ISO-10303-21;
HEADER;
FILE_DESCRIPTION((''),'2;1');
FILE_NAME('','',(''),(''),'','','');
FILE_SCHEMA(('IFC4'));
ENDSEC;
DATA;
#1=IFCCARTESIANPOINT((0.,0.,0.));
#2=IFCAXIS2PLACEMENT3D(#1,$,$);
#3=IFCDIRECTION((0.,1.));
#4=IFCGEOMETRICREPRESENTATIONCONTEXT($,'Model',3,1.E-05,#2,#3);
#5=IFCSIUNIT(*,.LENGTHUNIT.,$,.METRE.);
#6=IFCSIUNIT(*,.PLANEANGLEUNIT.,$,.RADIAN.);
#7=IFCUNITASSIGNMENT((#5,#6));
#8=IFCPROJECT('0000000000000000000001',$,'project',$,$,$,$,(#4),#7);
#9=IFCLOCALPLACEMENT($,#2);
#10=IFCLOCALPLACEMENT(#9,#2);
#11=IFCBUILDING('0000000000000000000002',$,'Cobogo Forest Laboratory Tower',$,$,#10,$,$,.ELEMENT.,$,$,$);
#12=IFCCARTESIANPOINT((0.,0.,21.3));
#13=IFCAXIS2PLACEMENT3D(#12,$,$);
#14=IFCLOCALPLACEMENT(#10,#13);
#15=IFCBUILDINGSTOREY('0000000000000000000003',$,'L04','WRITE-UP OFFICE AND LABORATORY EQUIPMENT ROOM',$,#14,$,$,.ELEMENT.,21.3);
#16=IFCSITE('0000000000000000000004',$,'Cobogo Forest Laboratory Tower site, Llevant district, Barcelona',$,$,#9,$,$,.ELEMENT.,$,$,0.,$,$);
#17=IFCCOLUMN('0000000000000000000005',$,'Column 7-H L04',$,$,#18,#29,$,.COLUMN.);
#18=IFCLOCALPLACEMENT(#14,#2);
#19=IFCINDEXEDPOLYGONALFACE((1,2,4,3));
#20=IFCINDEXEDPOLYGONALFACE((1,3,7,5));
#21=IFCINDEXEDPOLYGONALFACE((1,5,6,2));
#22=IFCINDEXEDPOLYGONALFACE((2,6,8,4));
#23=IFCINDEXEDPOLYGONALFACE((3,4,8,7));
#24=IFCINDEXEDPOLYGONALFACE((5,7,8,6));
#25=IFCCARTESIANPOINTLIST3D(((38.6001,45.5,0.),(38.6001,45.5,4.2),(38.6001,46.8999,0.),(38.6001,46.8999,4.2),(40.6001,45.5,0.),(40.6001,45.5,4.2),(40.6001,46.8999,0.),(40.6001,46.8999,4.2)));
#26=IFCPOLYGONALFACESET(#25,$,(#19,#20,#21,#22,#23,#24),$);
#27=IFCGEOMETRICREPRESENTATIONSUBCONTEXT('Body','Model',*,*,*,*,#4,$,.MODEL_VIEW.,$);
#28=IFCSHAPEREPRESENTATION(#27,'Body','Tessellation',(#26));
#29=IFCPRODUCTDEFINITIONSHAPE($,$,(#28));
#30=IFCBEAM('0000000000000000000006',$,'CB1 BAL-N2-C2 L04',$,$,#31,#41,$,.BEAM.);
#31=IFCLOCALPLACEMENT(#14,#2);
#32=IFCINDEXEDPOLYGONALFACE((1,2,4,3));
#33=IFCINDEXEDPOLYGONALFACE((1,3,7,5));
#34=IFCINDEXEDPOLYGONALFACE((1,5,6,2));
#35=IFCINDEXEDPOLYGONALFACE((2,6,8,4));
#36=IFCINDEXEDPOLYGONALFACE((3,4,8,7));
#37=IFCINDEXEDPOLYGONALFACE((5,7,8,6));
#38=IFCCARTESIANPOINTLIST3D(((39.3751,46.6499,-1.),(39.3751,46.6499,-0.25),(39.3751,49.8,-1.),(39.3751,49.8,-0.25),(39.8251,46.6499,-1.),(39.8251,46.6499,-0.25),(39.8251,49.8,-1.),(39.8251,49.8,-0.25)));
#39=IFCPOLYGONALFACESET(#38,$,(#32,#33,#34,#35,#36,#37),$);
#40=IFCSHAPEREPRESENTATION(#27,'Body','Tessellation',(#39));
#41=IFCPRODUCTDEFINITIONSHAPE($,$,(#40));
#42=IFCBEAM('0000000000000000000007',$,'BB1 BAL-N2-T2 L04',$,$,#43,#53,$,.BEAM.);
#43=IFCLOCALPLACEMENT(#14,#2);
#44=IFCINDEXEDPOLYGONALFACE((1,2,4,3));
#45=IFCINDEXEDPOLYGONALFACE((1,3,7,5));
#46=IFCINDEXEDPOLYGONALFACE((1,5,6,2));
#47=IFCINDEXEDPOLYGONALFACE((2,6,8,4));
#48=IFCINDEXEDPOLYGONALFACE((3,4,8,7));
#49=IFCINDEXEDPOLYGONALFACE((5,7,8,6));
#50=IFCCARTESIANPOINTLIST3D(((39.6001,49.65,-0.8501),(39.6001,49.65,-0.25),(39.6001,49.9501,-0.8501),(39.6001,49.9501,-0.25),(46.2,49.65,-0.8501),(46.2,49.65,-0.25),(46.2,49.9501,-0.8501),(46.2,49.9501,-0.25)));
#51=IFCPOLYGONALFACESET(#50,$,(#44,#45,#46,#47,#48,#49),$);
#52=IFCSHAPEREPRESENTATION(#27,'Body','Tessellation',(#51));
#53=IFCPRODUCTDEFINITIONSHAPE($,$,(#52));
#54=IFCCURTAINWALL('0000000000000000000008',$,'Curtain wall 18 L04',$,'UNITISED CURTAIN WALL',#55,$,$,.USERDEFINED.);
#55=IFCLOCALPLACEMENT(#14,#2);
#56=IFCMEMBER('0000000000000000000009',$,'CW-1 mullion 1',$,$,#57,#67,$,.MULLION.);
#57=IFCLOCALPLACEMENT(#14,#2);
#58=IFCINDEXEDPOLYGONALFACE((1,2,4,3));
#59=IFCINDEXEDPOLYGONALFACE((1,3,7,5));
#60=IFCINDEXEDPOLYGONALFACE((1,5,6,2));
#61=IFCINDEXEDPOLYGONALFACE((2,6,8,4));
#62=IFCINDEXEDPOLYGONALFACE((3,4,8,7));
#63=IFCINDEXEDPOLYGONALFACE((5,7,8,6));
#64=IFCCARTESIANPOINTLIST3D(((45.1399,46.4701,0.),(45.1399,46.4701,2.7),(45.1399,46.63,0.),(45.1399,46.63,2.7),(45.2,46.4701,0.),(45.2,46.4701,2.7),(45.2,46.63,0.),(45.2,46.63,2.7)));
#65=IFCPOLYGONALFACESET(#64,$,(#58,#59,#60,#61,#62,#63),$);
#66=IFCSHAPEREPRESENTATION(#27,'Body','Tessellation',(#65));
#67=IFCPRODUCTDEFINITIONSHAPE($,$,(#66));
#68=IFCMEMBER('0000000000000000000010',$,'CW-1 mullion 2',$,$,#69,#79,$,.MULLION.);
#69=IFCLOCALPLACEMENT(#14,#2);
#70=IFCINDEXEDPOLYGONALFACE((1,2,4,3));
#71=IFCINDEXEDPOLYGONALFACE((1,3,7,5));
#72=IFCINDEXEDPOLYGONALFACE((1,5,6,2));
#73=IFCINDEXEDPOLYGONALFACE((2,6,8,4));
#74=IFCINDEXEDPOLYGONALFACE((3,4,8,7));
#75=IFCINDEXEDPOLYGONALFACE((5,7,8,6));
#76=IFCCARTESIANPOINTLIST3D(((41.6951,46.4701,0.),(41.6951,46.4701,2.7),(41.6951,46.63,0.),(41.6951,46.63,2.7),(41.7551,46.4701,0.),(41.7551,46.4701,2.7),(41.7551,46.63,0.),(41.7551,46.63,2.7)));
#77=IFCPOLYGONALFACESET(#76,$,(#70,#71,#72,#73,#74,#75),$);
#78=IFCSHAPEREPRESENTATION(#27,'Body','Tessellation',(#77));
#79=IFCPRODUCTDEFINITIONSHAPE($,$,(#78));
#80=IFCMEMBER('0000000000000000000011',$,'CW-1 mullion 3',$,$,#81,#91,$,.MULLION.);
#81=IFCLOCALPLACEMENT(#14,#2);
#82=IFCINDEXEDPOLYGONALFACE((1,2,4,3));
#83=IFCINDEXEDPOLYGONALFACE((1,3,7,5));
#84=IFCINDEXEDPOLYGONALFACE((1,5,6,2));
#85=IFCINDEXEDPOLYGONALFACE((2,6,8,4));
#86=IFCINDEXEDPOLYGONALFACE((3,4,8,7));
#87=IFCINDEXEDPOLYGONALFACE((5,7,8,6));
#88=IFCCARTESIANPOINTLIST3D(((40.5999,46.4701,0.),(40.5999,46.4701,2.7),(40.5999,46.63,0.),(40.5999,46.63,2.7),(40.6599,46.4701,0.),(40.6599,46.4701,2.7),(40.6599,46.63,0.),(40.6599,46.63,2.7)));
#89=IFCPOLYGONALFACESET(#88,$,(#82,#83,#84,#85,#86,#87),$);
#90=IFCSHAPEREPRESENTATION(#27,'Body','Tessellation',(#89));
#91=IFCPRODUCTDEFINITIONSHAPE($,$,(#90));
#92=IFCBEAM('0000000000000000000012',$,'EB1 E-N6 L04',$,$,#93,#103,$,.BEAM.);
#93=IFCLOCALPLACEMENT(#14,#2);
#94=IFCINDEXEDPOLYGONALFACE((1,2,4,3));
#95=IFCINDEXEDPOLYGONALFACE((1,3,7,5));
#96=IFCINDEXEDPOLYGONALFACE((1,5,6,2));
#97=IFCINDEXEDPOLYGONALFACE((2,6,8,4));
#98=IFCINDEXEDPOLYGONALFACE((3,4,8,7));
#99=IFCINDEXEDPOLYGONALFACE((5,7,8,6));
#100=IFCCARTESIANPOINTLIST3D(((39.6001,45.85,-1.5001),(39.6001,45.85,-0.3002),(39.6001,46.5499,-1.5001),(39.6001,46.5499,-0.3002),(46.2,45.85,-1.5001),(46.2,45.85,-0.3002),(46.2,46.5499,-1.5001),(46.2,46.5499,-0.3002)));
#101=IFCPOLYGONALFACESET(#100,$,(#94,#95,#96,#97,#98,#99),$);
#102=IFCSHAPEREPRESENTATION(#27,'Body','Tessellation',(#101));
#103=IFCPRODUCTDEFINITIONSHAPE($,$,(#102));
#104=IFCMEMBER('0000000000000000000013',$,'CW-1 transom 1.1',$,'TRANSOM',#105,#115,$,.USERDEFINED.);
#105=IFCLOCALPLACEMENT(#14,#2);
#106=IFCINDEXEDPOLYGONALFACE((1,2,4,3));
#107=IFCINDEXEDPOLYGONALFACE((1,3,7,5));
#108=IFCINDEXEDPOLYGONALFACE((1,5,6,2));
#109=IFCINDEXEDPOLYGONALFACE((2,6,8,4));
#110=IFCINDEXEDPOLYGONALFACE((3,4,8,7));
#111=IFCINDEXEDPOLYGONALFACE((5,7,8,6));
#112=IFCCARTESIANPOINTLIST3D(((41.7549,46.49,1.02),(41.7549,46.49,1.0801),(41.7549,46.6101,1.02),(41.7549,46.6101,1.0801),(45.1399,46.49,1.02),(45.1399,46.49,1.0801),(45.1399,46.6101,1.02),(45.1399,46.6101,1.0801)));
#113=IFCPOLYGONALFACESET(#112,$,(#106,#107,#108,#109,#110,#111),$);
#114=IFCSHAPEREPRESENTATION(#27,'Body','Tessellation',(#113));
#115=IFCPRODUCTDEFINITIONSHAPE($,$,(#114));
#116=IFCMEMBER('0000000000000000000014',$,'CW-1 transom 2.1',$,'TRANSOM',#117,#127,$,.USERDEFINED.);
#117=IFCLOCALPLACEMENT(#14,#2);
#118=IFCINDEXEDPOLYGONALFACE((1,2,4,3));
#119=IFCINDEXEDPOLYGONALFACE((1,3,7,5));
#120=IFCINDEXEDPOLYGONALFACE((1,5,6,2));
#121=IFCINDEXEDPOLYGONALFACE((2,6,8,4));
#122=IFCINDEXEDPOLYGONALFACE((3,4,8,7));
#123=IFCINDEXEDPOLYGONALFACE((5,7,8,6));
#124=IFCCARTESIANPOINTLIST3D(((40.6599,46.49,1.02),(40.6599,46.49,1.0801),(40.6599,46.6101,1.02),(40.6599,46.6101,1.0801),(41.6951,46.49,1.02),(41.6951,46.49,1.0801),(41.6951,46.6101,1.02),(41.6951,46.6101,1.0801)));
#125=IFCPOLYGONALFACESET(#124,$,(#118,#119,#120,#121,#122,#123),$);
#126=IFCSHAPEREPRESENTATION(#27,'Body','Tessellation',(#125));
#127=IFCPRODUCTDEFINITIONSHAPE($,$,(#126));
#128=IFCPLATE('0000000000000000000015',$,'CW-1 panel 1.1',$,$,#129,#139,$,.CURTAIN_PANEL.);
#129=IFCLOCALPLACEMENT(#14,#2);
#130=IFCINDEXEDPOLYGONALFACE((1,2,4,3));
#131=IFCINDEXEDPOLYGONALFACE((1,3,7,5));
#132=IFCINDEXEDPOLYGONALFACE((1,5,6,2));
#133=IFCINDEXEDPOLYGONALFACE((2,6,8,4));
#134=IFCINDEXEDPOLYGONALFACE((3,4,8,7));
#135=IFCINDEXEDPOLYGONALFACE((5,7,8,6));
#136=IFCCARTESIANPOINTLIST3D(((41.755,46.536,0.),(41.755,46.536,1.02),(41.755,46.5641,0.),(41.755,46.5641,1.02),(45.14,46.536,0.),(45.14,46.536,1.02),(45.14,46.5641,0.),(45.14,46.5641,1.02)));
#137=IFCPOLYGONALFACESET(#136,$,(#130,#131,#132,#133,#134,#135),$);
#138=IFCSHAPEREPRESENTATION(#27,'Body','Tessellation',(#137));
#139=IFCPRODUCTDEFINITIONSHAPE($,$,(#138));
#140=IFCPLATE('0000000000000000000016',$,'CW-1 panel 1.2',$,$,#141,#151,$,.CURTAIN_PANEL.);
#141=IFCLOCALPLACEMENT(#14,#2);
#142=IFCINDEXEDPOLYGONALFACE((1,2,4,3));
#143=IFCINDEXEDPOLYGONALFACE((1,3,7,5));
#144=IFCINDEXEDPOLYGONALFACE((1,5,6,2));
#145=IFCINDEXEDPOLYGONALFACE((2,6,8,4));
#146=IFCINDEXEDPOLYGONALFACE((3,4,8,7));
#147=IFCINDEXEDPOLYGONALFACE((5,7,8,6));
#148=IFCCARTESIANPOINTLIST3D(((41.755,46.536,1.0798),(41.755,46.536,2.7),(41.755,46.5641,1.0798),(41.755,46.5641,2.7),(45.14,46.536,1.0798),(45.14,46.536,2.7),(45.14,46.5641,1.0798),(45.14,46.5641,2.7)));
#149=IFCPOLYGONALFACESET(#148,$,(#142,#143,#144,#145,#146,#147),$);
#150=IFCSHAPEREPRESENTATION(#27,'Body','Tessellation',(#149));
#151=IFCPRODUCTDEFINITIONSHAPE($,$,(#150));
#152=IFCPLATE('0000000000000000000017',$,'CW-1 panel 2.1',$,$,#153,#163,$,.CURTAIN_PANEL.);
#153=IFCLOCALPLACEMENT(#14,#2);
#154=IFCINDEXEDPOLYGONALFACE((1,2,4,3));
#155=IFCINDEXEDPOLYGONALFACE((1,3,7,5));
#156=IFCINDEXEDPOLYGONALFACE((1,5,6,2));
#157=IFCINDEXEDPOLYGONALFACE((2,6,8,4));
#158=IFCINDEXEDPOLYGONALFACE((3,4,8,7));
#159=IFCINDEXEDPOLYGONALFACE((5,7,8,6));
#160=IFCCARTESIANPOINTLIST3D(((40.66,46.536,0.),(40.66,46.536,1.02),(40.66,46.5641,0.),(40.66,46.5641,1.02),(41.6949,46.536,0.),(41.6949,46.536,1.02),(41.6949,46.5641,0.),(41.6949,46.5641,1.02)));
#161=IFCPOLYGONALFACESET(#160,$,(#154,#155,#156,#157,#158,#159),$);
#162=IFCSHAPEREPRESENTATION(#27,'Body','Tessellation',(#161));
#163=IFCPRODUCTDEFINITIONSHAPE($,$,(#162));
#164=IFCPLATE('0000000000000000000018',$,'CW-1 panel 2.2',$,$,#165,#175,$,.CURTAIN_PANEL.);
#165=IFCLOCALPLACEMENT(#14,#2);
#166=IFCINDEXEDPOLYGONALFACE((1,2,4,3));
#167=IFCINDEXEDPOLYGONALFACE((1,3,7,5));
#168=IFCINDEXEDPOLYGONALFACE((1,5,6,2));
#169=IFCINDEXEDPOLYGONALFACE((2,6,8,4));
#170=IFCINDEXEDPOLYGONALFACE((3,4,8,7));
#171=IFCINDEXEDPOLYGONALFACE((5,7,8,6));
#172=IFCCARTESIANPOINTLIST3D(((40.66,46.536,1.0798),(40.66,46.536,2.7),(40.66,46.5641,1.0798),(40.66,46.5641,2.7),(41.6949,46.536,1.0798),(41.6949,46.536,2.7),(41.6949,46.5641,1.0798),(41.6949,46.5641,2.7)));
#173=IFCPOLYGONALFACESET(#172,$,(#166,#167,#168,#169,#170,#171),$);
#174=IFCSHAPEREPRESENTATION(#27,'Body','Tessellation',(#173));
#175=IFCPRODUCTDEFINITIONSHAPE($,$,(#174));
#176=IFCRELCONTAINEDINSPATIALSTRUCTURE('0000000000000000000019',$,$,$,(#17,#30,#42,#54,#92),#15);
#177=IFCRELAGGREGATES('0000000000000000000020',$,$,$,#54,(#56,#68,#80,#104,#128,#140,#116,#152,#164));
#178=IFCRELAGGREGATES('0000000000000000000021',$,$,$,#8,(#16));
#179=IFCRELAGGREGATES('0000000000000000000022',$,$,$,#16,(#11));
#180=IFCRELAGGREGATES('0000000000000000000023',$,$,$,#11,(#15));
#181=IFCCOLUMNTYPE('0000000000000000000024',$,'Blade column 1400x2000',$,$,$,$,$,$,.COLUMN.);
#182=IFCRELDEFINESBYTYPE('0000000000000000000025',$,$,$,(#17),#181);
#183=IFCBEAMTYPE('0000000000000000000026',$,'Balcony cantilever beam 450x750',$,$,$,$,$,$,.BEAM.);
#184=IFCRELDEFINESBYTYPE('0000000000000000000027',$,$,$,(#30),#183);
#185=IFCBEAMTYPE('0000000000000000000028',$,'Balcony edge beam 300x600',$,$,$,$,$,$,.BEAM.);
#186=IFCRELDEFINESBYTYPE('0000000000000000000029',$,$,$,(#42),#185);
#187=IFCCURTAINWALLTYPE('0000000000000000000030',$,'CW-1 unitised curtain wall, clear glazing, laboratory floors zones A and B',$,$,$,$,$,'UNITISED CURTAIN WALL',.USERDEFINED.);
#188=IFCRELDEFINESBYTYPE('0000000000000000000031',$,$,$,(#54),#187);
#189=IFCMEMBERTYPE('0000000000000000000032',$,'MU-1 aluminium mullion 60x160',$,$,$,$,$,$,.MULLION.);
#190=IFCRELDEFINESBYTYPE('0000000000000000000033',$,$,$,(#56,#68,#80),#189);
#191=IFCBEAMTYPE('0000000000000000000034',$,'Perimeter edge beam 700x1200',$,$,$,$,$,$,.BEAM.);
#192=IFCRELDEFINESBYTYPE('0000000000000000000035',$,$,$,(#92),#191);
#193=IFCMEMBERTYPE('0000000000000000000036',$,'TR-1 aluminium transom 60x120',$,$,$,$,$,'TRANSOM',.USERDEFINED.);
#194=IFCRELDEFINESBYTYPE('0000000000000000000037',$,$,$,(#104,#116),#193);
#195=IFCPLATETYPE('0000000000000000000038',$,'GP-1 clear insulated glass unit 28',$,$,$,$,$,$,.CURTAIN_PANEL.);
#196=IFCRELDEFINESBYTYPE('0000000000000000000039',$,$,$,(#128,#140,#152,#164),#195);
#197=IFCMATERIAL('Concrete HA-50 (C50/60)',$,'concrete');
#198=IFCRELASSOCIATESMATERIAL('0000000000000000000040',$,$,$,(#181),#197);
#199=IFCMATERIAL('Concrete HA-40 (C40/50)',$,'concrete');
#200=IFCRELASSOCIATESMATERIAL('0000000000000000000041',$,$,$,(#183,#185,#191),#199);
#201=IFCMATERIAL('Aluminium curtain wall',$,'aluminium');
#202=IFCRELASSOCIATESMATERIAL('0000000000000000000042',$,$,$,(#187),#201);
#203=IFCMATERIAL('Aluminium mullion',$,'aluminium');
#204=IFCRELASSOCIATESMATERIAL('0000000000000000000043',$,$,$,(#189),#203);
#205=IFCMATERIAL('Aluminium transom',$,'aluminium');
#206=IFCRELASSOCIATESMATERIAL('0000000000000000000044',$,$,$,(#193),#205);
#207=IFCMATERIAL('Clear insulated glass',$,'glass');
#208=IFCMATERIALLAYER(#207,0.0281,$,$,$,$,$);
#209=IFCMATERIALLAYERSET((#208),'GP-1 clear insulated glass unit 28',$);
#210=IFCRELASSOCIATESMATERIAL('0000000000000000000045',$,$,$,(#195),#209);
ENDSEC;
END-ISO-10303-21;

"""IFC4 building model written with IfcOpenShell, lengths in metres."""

from ifc_helpers import new_model, si_unit, direction, frame, origin, origin_2d, place, context, subcontext, project, spatial, rectangle, extrude, material, layer, layer_set, material_profile, profile_set, type_object, element, aggregate, save


model = new_model("IFC4")

# Units and contexts
model_context = context("Model", 3, precision=1e-05, world=origin(), true_north=direction((0.0, 1.0)))
body_context = subcontext(model_context, "Body", "Model", "MODEL_VIEW")
ifc_project = project(units=[si_unit("LENGTHUNIT", "METRE"), si_unit("PLANEANGLEUNIT", "RADIAN")], contexts=[model_context])

# Site, building, storey
site_placement = place(None, origin())
site = spatial("IfcSite", under=ifc_project, at=site_placement, Name="Cobogo Forest Laboratory Tower site, Llevant district, Barcelona", CompositionType="ELEMENT", RefElevation=0.0)
building_placement = place(site_placement, origin())
building = spatial("IfcBuilding", under=site, at=building_placement, Name="Cobogo Forest Laboratory Tower", CompositionType="ELEMENT")
storey_placement = place(building_placement, frame((0.0, 0.0, 21.3)))
storey = spatial("IfcBuildingStorey", under=building, at=storey_placement, Name="L04", Description="WRITE-UP OFFICE AND LABORATORY EQUIPMENT ROOM", CompositionType="ELEMENT", Elevation=21.3)

# Column
ifc_material_1 = material(Name="Concrete HA-50 (C50/60)", Category="concrete")
ifc_material_profile_1 = material_profile(ifc_material_1, rectangle(XDim=2.0, YDim=1.3999, at=origin_2d()), Name="RC 1400x2000")
ifc_profile_set_1 = profile_set([ifc_material_profile_1], Name="Concrete HA-50 (C50/60)")
column_type = type_object("IfcColumnType", Name="Blade column 1400x2000", PredefinedType="COLUMN", material=ifc_profile_set_1)
column_placement = place(storey_placement, frame((39.6001, 46.2, 0.0), z_axis=(0.0, 0.0, 1.0), x_axis=(1.0, 0.0, 0.0)))
element("IfcColumn", 1, at=column_placement, inside=storey, type_object=column_type, Name="Column 7-H L04", PredefinedType="COLUMN", context=body_context, shape_type="SweptSolid", body=[
    extrude(rectangle(XDim=2.0, YDim=1.3999, at=origin_2d()), origin(), (0.0, 0.0, 1.0), 4.2),
])

# Beams
ifc_material_2 = material(Name="Concrete HA-40 (C40/50)", Category="concrete")
ifc_material_profile_2 = material_profile(ifc_material_2, rectangle(XDim=0.45, YDim=0.75, at=origin_2d()), Name="RC 450x750")
ifc_profile_set_2 = profile_set([ifc_material_profile_2], Name="Concrete HA-40 (C40/50)")
beam_type_1 = type_object("IfcBeamType", Name="Balcony cantilever beam 450x750", PredefinedType="BEAM", material=ifc_profile_set_2)
beam_1_placement = place(storey_placement, frame((39.6001, 46.6499, -0.625), z_axis=(0.0, 1.0, 0.0), x_axis=(-1.0, 0.0, 0.0)))
element("IfcBeam", 2, at=beam_1_placement, inside=storey, type_object=beam_type_1, Name="CB1 BAL-N2-C2 L04", PredefinedType="BEAM", context=body_context, shape_type="SweptSolid", body=[
    extrude(rectangle(XDim=0.45, YDim=0.75, at=origin_2d()), origin(), (0.0, 0.0, 1.0), 3.1501),
])
ifc_material_profile_3 = material_profile(ifc_material_2, rectangle(XDim=0.3, YDim=0.6001, at=origin_2d()), Name="RC 300x600")
ifc_profile_set_3 = profile_set([ifc_material_profile_3], Name="Concrete HA-40 (C40/50)")
beam_type_2 = type_object("IfcBeamType", Name="Balcony edge beam 300x600", PredefinedType="BEAM", material=ifc_profile_set_3)
beam_2_placement = place(storey_placement, frame((39.6001, 49.8, -0.55), z_axis=(1.0, 0.0, 0.0), x_axis=(0.0, 1.0, 0.0)))
element("IfcBeam", 3, at=beam_2_placement, inside=storey, type_object=beam_type_2, Name="BB1 BAL-N2-T2 L04", PredefinedType="BEAM", context=body_context, shape_type="SweptSolid", body=[
    extrude(rectangle(XDim=0.3, YDim=0.6001, at=origin_2d()), origin(), (0.0, 0.0, 1.0), 6.5999),
])

# Curtain wall, members
ifc_material_3 = material(Name="Aluminium curtain wall", Category="aluminium")
curtain_wall_type = type_object("IfcCurtainWallType", Name="CW-1 unitised curtain wall, clear glazing, laboratory floors zones A and B", ElementType="UNITISED CURTAIN WALL", PredefinedType="USERDEFINED", material=ifc_material_3)
curtain_wall_placement = place(storey_placement, origin())
curtain_wall = element("IfcCurtainWall", 4, at=curtain_wall_placement, inside=storey, type_object=curtain_wall_type, Name="Curtain wall 18 L04", ObjectType="UNITISED CURTAIN WALL", PredefinedType="USERDEFINED")
ifc_material_4 = material(Name="Aluminium mullion", Category="aluminium")
ifc_material_profile_4 = material_profile(ifc_material_4, rectangle(XDim=0.0601, YDim=0.1599, at=origin_2d()), Name="AL 60x160")
ifc_profile_set_4 = profile_set([ifc_material_profile_4], Name="Aluminium mullion")
member_type_1 = type_object("IfcMemberType", Name="MU-1 aluminium mullion 60x160", PredefinedType="MULLION", material=ifc_profile_set_4)
member_1_placement = place(storey_placement, frame((45.1699, 46.55, 0.0), z_axis=(0.0, 0.0, 1.0), x_axis=(-1.0, 0.0, 0.0)))
member_1 = element("IfcMember", 5, at=member_1_placement, type_object=member_type_1, Name="CW-1 mullion 1", PredefinedType="MULLION", context=body_context, shape_type="SweptSolid", body=[
    extrude(rectangle(XDim=0.0601, YDim=0.1599, at=origin_2d()), origin(), (0.0, 0.0, 1.0), 2.7),
])
member_2_placement = place(storey_placement, frame((41.7251, 46.55, 0.0), z_axis=(0.0, 0.0, 1.0), x_axis=(-1.0, 0.0, 0.0)))
member_2 = element("IfcMember", 6, at=member_2_placement, type_object=member_type_1, Name="CW-1 mullion 2", PredefinedType="MULLION", context=body_context, shape_type="SweptSolid", body=[
    extrude(rectangle(XDim=0.0601, YDim=0.1599, at=origin_2d()), origin(), (0.0, 0.0, 1.0), 2.7),
])
member_3_placement = place(storey_placement, frame((40.6299, 46.55, 0.0), z_axis=(0.0, 0.0, 1.0), x_axis=(-1.0, 0.0, 0.0)))
member_3 = element("IfcMember", 7, at=member_3_placement, type_object=member_type_1, Name="CW-1 mullion 3", PredefinedType="MULLION", context=body_context, shape_type="SweptSolid", body=[
    extrude(rectangle(XDim=0.0601, YDim=0.1599, at=origin_2d()), origin(), (0.0, 0.0, 1.0), 2.7),
])

# Beam
ifc_material_profile_5 = material_profile(ifc_material_2, rectangle(XDim=0.7, YDim=1.2, at=origin_2d()), Name="RC 700x1200")
ifc_profile_set_5 = profile_set([ifc_material_profile_5], Name="Concrete HA-40 (C40/50)")
beam_type_3 = type_object("IfcBeamType", Name="Perimeter edge beam 700x1200", PredefinedType="BEAM", material=ifc_profile_set_5)
beam_3_placement = place(storey_placement, frame((39.6001, 46.2, -0.9001), z_axis=(1.0, 0.0, 0.0), x_axis=(0.0, 1.0, 0.0)))
element("IfcBeam", 8, at=beam_3_placement, inside=storey, type_object=beam_type_3, Name="EB1 E-N6 L04", PredefinedType="BEAM", context=body_context, shape_type="SweptSolid", body=[
    extrude(rectangle(XDim=0.7, YDim=1.2, at=origin_2d()), origin(), (0.0, 0.0, 1.0), 6.5999),
])

# Members
ifc_material_5 = material(Name="Aluminium transom", Category="aluminium")
ifc_material_profile_6 = material_profile(ifc_material_5, rectangle(XDim=0.1201, YDim=0.0601, at=origin_2d()), Name="AL 60x120")
ifc_profile_set_6 = profile_set([ifc_material_profile_6], Name="Aluminium transom")
member_type_2 = type_object("IfcMemberType", Name="TR-1 aluminium transom 60x120", ElementType="TRANSOM", PredefinedType="USERDEFINED", material=ifc_profile_set_6)
member_4_placement = place(storey_placement, frame((45.1399, 46.55, 1.05), z_axis=(-1.0, 0.0, 0.0), x_axis=(0.0, -1.0, 0.0)))
member_4 = element("IfcMember", 9, at=member_4_placement, type_object=member_type_2, Name="CW-1 transom 1.1", ObjectType="TRANSOM", PredefinedType="USERDEFINED", context=body_context, shape_type="SweptSolid", body=[
    extrude(rectangle(XDim=0.1201, YDim=0.0601, at=origin_2d()), origin(), (0.0, 0.0, 1.0), 3.385),
])
member_5_placement = place(storey_placement, frame((41.6951, 46.55, 1.05), z_axis=(-1.0, 0.0, 0.0), x_axis=(0.0, -1.0, 0.0)))
member_5 = element("IfcMember", 10, at=member_5_placement, type_object=member_type_2, Name="CW-1 transom 2.1", ObjectType="TRANSOM", PredefinedType="USERDEFINED", context=body_context, shape_type="SweptSolid", body=[
    extrude(rectangle(XDim=0.1201, YDim=0.0601, at=origin_2d()), origin(), (0.0, 0.0, 1.0), 1.0352),
])

# Plates
ifc_material_6 = material(Name="Clear insulated glass", Category="glass")
ifc_layer_1 = layer(ifc_material_6, 0.0281)
ifc_layer_set_1 = layer_set([ifc_layer_1], Name="GP-1 clear insulated glass unit 28")
plate_type = type_object("IfcPlateType", Name="GP-1 clear insulated glass unit 28", PredefinedType="CURTAIN_PANEL", material=ifc_layer_set_1)
plate_1_placement = place(storey_placement, frame((43.4475, 46.55, 0.0), z_axis=(0.0, 0.0, 1.0), x_axis=(-1.0, 0.0, 0.0)))
plate_1 = element("IfcPlate", 11, at=plate_1_placement, type_object=plate_type, Name="CW-1 panel 1.1", PredefinedType="CURTAIN_PANEL", context=body_context, shape_type="SweptSolid", body=[
    extrude(rectangle(XDim=3.385, YDim=0.0281, at=origin_2d()), origin(), (0.0, 0.0, 1.0), 1.02),
])
plate_2_placement = place(storey_placement, frame((43.4475, 46.55, 1.0798), z_axis=(0.0, 0.0, 1.0), x_axis=(-1.0, 0.0, 0.0)))
plate_2 = element("IfcPlate", 12, at=plate_2_placement, type_object=plate_type, Name="CW-1 panel 1.2", PredefinedType="CURTAIN_PANEL", context=body_context, shape_type="SweptSolid", body=[
    extrude(rectangle(XDim=3.385, YDim=0.0281, at=origin_2d()), origin(), (0.0, 0.0, 1.0), 1.6201),
])
plate_3_placement = place(storey_placement, frame((41.1775, 46.55, 0.0), z_axis=(0.0, 0.0, 1.0), x_axis=(-1.0, 0.0, 0.0)))
plate_3 = element("IfcPlate", 13, at=plate_3_placement, type_object=plate_type, Name="CW-1 panel 2.1", PredefinedType="CURTAIN_PANEL", context=body_context, shape_type="SweptSolid", body=[
    extrude(rectangle(XDim=1.0349, YDim=0.0281, at=origin_2d()), origin(), (0.0, 0.0, 1.0), 1.02),
])
plate_4_placement = place(storey_placement, frame((41.1775, 46.55, 1.0798), z_axis=(0.0, 0.0, 1.0), x_axis=(-1.0, 0.0, 0.0)))
plate_4 = element("IfcPlate", 14, at=plate_4_placement, type_object=plate_type, Name="CW-1 panel 2.2", PredefinedType="CURTAIN_PANEL", context=body_context, shape_type="SweptSolid", body=[
    extrude(rectangle(XDim=1.0349, YDim=0.0281, at=origin_2d()), origin(), (0.0, 0.0, 1.0), 1.6201),
])
aggregate(curtain_wall, [member_1, member_2, member_3, member_4, plate_1, plate_2, member_5, plate_3, plate_4])

save(model, "model.ifc")
